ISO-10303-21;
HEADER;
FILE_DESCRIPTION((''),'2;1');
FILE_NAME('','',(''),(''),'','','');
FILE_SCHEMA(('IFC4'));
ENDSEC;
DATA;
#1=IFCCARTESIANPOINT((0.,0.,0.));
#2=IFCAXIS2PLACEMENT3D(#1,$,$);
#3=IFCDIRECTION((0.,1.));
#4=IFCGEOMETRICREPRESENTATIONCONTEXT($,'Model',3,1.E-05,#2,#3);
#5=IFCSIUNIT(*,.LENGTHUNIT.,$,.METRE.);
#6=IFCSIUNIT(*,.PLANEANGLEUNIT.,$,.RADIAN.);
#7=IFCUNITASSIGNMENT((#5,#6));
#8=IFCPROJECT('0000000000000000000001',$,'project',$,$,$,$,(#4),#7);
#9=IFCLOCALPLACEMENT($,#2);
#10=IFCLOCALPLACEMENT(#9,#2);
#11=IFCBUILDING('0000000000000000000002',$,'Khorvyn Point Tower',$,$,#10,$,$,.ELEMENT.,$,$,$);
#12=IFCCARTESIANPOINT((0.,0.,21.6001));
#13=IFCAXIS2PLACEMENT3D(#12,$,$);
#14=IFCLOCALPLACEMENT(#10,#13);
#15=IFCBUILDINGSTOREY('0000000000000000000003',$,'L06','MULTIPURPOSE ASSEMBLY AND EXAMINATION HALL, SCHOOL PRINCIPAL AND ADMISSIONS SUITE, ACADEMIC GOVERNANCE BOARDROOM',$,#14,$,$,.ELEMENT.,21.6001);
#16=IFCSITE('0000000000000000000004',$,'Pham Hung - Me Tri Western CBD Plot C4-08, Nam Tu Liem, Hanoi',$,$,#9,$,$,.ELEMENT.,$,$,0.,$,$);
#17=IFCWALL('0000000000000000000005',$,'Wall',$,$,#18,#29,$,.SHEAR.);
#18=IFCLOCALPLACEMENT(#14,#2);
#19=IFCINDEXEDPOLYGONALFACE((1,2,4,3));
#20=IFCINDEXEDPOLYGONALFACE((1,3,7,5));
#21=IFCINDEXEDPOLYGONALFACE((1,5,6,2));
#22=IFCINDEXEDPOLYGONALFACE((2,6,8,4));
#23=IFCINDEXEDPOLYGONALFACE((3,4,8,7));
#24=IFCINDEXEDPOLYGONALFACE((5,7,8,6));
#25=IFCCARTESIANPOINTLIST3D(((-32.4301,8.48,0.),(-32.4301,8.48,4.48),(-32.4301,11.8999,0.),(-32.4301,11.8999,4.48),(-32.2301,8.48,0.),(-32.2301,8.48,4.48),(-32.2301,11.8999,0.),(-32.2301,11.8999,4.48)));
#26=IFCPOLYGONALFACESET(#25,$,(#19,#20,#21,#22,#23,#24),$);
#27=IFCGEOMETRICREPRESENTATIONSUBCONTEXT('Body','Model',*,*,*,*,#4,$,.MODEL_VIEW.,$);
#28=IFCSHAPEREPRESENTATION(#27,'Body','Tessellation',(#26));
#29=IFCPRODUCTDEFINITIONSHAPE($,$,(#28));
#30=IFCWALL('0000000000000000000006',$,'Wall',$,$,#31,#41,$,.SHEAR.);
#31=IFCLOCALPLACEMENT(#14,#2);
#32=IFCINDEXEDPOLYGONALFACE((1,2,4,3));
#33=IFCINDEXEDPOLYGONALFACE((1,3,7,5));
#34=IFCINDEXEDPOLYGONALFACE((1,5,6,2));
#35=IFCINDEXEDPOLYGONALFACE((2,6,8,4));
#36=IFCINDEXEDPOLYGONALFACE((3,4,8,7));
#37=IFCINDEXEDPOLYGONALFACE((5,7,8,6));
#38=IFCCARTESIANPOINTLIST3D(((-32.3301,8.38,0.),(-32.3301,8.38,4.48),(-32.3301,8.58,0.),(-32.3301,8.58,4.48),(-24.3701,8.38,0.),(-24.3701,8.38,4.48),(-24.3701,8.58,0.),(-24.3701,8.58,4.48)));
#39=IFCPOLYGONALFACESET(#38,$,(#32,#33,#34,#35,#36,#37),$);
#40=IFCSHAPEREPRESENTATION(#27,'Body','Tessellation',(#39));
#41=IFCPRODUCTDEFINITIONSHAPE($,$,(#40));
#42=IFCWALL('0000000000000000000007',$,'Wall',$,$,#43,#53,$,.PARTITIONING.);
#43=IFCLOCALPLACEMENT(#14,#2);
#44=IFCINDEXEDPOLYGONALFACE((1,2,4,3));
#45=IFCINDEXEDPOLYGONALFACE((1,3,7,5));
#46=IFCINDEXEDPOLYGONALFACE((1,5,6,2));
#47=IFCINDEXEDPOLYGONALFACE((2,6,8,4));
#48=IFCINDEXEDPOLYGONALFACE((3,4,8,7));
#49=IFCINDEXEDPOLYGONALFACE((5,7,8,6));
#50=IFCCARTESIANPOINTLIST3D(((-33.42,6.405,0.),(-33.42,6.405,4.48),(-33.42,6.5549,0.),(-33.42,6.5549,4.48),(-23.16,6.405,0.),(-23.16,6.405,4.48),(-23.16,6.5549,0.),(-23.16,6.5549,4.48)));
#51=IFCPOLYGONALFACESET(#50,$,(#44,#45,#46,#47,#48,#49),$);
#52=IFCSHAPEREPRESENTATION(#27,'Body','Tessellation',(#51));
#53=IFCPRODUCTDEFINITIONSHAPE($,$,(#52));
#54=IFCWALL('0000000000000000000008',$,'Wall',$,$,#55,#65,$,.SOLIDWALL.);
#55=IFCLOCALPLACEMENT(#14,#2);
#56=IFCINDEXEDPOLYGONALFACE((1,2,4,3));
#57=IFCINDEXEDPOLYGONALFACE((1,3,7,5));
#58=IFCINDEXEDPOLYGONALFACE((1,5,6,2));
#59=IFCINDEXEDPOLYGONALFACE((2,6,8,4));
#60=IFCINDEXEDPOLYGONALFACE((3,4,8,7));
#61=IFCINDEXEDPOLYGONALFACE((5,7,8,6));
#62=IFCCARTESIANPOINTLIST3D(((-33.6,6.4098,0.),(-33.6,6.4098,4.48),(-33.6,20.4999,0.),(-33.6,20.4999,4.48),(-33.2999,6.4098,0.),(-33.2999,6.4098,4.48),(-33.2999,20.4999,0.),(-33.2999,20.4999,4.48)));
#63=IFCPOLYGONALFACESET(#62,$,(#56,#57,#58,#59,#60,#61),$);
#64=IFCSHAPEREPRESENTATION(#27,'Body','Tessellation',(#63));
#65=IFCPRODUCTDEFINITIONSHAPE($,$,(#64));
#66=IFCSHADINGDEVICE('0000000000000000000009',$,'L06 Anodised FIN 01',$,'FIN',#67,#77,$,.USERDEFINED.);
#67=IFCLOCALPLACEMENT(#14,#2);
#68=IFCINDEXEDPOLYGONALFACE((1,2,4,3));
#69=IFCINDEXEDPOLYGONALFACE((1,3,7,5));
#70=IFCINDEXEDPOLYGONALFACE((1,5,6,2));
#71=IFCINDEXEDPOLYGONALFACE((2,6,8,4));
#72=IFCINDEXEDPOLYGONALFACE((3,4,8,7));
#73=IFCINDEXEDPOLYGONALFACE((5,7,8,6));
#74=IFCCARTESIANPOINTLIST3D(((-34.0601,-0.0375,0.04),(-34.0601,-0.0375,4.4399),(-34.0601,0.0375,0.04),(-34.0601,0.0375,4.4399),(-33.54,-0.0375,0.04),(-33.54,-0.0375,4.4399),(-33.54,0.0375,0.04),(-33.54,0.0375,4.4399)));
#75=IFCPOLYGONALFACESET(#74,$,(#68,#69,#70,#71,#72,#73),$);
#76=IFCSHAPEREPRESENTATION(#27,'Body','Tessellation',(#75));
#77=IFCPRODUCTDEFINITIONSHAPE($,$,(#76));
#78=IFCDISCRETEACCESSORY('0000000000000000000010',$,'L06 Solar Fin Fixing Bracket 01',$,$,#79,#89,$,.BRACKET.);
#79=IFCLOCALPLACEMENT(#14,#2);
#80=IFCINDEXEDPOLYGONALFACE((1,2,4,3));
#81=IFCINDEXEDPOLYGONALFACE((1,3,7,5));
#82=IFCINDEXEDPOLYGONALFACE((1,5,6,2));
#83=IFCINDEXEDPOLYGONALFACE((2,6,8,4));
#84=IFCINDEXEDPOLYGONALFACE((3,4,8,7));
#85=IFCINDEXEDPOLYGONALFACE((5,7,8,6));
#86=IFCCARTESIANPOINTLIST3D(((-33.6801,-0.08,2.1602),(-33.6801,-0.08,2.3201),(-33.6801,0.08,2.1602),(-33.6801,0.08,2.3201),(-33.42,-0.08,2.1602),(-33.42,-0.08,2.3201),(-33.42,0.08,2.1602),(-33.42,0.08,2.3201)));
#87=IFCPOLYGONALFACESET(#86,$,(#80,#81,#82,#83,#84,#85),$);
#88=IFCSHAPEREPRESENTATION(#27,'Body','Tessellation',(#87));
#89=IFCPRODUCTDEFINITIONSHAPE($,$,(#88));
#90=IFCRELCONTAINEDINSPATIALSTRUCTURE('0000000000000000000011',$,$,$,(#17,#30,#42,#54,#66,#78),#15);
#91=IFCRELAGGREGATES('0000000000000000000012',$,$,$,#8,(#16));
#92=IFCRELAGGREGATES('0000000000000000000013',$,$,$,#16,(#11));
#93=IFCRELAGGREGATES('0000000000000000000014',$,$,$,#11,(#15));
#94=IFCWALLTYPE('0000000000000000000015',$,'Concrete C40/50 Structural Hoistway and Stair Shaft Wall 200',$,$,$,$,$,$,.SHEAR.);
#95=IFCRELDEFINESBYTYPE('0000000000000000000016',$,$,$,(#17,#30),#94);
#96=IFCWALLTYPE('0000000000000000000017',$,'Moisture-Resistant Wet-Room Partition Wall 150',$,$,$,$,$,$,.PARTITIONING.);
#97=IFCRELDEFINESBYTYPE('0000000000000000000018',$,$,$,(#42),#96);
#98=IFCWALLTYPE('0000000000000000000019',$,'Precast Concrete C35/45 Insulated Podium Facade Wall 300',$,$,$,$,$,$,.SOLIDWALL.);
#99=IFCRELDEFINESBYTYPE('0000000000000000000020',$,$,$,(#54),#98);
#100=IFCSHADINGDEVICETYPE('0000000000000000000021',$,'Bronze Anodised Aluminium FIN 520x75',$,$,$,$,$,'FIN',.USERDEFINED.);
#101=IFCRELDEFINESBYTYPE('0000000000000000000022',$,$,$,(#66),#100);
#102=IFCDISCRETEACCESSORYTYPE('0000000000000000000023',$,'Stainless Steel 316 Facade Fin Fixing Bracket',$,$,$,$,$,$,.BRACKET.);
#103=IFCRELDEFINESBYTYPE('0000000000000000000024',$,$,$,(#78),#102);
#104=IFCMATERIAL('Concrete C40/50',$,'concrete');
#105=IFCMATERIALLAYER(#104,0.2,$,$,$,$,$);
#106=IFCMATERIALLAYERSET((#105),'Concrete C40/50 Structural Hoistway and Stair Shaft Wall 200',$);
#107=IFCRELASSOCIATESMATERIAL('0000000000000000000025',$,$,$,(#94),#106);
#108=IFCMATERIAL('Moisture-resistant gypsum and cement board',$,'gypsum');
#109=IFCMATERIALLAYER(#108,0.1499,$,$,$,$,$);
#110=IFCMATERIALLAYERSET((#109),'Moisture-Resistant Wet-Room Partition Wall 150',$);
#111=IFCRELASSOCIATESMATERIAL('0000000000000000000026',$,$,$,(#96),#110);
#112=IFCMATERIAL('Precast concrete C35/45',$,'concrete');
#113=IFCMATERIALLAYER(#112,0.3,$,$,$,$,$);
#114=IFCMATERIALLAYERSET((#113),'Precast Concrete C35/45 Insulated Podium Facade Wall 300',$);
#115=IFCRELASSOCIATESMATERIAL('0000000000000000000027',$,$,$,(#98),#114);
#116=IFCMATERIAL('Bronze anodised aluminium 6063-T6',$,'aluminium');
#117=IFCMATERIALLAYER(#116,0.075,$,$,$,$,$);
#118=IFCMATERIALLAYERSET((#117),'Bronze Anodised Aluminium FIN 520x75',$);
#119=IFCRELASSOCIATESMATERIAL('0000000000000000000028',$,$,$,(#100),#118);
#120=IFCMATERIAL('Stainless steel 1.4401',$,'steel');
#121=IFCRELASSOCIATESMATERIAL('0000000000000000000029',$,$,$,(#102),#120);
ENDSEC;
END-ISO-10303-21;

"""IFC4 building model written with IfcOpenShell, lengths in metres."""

from ifc_helpers import new_model, si_unit, direction, frame, frame_2d, origin, origin_2d, place, context, subcontext, project, spatial, rectangle, extrude, material, layer, layer_set, type_object, element, save


model = new_model("IFC4")

# Units and contexts
model_context = context("Model", 3, precision=1e-05, world=origin(), true_north=direction((0.0, 1.0)))
body_context = subcontext(model_context, "Body", "Model", "MODEL_VIEW")
ifc_project = project(units=[si_unit("LENGTHUNIT", "METRE"), si_unit("PLANEANGLEUNIT", "RADIAN")], contexts=[model_context])

# Site, building, storey
site_placement = place(None, origin())
site = spatial("IfcSite", under=ifc_project, at=site_placement, Name="Pham Hung - Me Tri Western CBD Plot C4-08, Nam Tu Liem, Hanoi", CompositionType="ELEMENT", RefElevation=0.0)
building_placement = place(site_placement, origin())
building = spatial("IfcBuilding", under=site, at=building_placement, Name="Khorvyn Point Tower", CompositionType="ELEMENT")
storey_placement = place(building_placement, frame((0.0, 0.0, 21.6001)))
storey = spatial("IfcBuildingStorey", under=building, at=storey_placement, Name="L06", Description="MULTIPURPOSE ASSEMBLY AND EXAMINATION HALL, SCHOOL PRINCIPAL AND ADMISSIONS SUITE, ACADEMIC GOVERNANCE BOARDROOM", CompositionType="ELEMENT", Elevation=21.6001)

# Shared definitions
ifc_material_1 = material(Name="Concrete C40/50", Category="concrete")

# Walls
ifc_layer_1 = layer(ifc_material_1, 0.2)
ifc_layer_set_1 = layer_set([ifc_layer_1], Name="Concrete C40/50 Structural Hoistway and Stair Shaft Wall 200")
wall_type_1 = type_object("IfcWallType", Name="Concrete C40/50 Structural Hoistway and Stair Shaft Wall 200", PredefinedType="SHEAR", material=ifc_layer_set_1)
wall_1_placement = place(storey_placement, frame((-32.3301, 8.48, 0.0), z_axis=(0.0, 0.0, 1.0), x_axis=(0.0, 1.0, 0.0)))
element("IfcWall", 1, at=wall_1_placement, inside=storey, type_object=wall_type_1, Name="Wall", PredefinedType="SHEAR", context=body_context, shape_type="SweptSolid", body=[
    extrude(rectangle(XDim=3.4199, YDim=0.2, at=frame_2d((1.71, 0.0))), origin(), (0.0, 0.0, 1.0), 4.48),
])
wall_2_placement = place(storey_placement, frame((-24.3701, 8.48, 0.0), z_axis=(0.0, 0.0, 1.0), x_axis=(-1.0, 0.0, 0.0)))
element("IfcWall", 2, at=wall_2_placement, inside=storey, type_object=wall_type_1, Name="Wall", PredefinedType="SHEAR", context=body_context, shape_type="SweptSolid", body=[
    extrude(rectangle(XDim=7.96, YDim=0.2, at=frame_2d((3.98, 0.0))), origin(), (0.0, 0.0, 1.0), 4.48),
])
ifc_material_2 = material(Name="Moisture-resistant gypsum and cement board", Category="gypsum")
ifc_layer_2 = layer(ifc_material_2, 0.1499)
ifc_layer_set_2 = layer_set([ifc_layer_2], Name="Moisture-Resistant Wet-Room Partition Wall 150")
wall_type_2 = type_object("IfcWallType", Name="Moisture-Resistant Wet-Room Partition Wall 150", PredefinedType="PARTITIONING", material=ifc_layer_set_2)
wall_3_placement = place(storey_placement, frame((-33.4199, 6.48, 0.0), z_axis=(0.0, 0.0, 1.0), x_axis=(1.0, 0.0, 0.0)))
element("IfcWall", 3, at=wall_3_placement, inside=storey, type_object=wall_type_2, Name="Wall", PredefinedType="PARTITIONING", context=body_context, shape_type="SweptSolid", body=[
    extrude(rectangle(XDim=10.26, YDim=0.1499, at=frame_2d((5.1299, 0.0))), origin(), (0.0, 0.0, 1.0), 4.48),
])
ifc_material_3 = material(Name="Precast concrete C35/45", Category="concrete")
ifc_layer_3 = layer(ifc_material_3, 0.3)
ifc_layer_set_3 = layer_set([ifc_layer_3], Name="Precast Concrete C35/45 Insulated Podium Facade Wall 300")
wall_type_3 = type_object("IfcWallType", Name="Precast Concrete C35/45 Insulated Podium Facade Wall 300", PredefinedType="SOLIDWALL", material=ifc_layer_set_3)
wall_4_placement = place(storey_placement, frame((-33.45, 6.4099, 0.0), z_axis=(0.0, 0.0, 1.0), x_axis=(0.0, 1.0, 0.0)))
element("IfcWall", 4, at=wall_4_placement, inside=storey, type_object=wall_type_3, Name="Wall", PredefinedType="SOLIDWALL", context=body_context, shape_type="SweptSolid", body=[
    extrude(rectangle(XDim=14.0901, YDim=0.3, at=frame_2d((7.0449, 0.0))), origin(), (0.0, 0.0, 1.0), 4.48),
])

# Shading device
ifc_material_4 = material(Name="Bronze anodised aluminium 6063-T6", Category="aluminium")
ifc_layer_4 = layer(ifc_material_4, 0.075)
ifc_layer_set_4 = layer_set([ifc_layer_4], Name="Bronze Anodised Aluminium FIN 520x75")
shading_device_type = type_object("IfcShadingDeviceType", Name="Bronze Anodised Aluminium FIN 520x75", ElementType="FIN", PredefinedType="USERDEFINED", material=ifc_layer_set_4)
shading_device_placement = place(storey_placement, frame((-33.8, 0.0, 0.04), z_axis=(0.0, 0.0, 1.0), x_axis=(-1.0, 0.0, 0.0)))
element("IfcShadingDevice", 5, at=shading_device_placement, inside=storey, type_object=shading_device_type, Name="L06 Anodised FIN 01", ObjectType="FIN", PredefinedType="USERDEFINED", context=body_context, shape_type="SweptSolid", body=[
    extrude(rectangle(XDim=0.52, YDim=0.075, at=origin_2d()), origin(), (0.0, 0.0, 1.0), 4.3999),
])

# Discrete accessory
ifc_material_5 = material(Name="Stainless steel 1.4401", Category="steel")
discrete_accessory_type = type_object("IfcDiscreteAccessoryType", Name="Stainless Steel 316 Facade Fin Fixing Bracket", PredefinedType="BRACKET", material=ifc_material_5)
discrete_accessory_placement = place(storey_placement, frame((-33.55, 0.0, 2.1602), z_axis=(0.0, 0.0, 1.0), x_axis=(0.0, 1.0, 0.0)))
element("IfcDiscreteAccessory", 6, at=discrete_accessory_placement, inside=storey, type_object=discrete_accessory_type, Name="L06 Solar Fin Fixing Bracket 01", PredefinedType="BRACKET", context=body_context, shape_type="SweptSolid", body=[
    extrude(rectangle(XDim=0.1599, YDim=0.26, at=origin_2d()), origin(), (0.0, 0.0, 1.0), 0.1599),
])

save(model, "model.ifc")
